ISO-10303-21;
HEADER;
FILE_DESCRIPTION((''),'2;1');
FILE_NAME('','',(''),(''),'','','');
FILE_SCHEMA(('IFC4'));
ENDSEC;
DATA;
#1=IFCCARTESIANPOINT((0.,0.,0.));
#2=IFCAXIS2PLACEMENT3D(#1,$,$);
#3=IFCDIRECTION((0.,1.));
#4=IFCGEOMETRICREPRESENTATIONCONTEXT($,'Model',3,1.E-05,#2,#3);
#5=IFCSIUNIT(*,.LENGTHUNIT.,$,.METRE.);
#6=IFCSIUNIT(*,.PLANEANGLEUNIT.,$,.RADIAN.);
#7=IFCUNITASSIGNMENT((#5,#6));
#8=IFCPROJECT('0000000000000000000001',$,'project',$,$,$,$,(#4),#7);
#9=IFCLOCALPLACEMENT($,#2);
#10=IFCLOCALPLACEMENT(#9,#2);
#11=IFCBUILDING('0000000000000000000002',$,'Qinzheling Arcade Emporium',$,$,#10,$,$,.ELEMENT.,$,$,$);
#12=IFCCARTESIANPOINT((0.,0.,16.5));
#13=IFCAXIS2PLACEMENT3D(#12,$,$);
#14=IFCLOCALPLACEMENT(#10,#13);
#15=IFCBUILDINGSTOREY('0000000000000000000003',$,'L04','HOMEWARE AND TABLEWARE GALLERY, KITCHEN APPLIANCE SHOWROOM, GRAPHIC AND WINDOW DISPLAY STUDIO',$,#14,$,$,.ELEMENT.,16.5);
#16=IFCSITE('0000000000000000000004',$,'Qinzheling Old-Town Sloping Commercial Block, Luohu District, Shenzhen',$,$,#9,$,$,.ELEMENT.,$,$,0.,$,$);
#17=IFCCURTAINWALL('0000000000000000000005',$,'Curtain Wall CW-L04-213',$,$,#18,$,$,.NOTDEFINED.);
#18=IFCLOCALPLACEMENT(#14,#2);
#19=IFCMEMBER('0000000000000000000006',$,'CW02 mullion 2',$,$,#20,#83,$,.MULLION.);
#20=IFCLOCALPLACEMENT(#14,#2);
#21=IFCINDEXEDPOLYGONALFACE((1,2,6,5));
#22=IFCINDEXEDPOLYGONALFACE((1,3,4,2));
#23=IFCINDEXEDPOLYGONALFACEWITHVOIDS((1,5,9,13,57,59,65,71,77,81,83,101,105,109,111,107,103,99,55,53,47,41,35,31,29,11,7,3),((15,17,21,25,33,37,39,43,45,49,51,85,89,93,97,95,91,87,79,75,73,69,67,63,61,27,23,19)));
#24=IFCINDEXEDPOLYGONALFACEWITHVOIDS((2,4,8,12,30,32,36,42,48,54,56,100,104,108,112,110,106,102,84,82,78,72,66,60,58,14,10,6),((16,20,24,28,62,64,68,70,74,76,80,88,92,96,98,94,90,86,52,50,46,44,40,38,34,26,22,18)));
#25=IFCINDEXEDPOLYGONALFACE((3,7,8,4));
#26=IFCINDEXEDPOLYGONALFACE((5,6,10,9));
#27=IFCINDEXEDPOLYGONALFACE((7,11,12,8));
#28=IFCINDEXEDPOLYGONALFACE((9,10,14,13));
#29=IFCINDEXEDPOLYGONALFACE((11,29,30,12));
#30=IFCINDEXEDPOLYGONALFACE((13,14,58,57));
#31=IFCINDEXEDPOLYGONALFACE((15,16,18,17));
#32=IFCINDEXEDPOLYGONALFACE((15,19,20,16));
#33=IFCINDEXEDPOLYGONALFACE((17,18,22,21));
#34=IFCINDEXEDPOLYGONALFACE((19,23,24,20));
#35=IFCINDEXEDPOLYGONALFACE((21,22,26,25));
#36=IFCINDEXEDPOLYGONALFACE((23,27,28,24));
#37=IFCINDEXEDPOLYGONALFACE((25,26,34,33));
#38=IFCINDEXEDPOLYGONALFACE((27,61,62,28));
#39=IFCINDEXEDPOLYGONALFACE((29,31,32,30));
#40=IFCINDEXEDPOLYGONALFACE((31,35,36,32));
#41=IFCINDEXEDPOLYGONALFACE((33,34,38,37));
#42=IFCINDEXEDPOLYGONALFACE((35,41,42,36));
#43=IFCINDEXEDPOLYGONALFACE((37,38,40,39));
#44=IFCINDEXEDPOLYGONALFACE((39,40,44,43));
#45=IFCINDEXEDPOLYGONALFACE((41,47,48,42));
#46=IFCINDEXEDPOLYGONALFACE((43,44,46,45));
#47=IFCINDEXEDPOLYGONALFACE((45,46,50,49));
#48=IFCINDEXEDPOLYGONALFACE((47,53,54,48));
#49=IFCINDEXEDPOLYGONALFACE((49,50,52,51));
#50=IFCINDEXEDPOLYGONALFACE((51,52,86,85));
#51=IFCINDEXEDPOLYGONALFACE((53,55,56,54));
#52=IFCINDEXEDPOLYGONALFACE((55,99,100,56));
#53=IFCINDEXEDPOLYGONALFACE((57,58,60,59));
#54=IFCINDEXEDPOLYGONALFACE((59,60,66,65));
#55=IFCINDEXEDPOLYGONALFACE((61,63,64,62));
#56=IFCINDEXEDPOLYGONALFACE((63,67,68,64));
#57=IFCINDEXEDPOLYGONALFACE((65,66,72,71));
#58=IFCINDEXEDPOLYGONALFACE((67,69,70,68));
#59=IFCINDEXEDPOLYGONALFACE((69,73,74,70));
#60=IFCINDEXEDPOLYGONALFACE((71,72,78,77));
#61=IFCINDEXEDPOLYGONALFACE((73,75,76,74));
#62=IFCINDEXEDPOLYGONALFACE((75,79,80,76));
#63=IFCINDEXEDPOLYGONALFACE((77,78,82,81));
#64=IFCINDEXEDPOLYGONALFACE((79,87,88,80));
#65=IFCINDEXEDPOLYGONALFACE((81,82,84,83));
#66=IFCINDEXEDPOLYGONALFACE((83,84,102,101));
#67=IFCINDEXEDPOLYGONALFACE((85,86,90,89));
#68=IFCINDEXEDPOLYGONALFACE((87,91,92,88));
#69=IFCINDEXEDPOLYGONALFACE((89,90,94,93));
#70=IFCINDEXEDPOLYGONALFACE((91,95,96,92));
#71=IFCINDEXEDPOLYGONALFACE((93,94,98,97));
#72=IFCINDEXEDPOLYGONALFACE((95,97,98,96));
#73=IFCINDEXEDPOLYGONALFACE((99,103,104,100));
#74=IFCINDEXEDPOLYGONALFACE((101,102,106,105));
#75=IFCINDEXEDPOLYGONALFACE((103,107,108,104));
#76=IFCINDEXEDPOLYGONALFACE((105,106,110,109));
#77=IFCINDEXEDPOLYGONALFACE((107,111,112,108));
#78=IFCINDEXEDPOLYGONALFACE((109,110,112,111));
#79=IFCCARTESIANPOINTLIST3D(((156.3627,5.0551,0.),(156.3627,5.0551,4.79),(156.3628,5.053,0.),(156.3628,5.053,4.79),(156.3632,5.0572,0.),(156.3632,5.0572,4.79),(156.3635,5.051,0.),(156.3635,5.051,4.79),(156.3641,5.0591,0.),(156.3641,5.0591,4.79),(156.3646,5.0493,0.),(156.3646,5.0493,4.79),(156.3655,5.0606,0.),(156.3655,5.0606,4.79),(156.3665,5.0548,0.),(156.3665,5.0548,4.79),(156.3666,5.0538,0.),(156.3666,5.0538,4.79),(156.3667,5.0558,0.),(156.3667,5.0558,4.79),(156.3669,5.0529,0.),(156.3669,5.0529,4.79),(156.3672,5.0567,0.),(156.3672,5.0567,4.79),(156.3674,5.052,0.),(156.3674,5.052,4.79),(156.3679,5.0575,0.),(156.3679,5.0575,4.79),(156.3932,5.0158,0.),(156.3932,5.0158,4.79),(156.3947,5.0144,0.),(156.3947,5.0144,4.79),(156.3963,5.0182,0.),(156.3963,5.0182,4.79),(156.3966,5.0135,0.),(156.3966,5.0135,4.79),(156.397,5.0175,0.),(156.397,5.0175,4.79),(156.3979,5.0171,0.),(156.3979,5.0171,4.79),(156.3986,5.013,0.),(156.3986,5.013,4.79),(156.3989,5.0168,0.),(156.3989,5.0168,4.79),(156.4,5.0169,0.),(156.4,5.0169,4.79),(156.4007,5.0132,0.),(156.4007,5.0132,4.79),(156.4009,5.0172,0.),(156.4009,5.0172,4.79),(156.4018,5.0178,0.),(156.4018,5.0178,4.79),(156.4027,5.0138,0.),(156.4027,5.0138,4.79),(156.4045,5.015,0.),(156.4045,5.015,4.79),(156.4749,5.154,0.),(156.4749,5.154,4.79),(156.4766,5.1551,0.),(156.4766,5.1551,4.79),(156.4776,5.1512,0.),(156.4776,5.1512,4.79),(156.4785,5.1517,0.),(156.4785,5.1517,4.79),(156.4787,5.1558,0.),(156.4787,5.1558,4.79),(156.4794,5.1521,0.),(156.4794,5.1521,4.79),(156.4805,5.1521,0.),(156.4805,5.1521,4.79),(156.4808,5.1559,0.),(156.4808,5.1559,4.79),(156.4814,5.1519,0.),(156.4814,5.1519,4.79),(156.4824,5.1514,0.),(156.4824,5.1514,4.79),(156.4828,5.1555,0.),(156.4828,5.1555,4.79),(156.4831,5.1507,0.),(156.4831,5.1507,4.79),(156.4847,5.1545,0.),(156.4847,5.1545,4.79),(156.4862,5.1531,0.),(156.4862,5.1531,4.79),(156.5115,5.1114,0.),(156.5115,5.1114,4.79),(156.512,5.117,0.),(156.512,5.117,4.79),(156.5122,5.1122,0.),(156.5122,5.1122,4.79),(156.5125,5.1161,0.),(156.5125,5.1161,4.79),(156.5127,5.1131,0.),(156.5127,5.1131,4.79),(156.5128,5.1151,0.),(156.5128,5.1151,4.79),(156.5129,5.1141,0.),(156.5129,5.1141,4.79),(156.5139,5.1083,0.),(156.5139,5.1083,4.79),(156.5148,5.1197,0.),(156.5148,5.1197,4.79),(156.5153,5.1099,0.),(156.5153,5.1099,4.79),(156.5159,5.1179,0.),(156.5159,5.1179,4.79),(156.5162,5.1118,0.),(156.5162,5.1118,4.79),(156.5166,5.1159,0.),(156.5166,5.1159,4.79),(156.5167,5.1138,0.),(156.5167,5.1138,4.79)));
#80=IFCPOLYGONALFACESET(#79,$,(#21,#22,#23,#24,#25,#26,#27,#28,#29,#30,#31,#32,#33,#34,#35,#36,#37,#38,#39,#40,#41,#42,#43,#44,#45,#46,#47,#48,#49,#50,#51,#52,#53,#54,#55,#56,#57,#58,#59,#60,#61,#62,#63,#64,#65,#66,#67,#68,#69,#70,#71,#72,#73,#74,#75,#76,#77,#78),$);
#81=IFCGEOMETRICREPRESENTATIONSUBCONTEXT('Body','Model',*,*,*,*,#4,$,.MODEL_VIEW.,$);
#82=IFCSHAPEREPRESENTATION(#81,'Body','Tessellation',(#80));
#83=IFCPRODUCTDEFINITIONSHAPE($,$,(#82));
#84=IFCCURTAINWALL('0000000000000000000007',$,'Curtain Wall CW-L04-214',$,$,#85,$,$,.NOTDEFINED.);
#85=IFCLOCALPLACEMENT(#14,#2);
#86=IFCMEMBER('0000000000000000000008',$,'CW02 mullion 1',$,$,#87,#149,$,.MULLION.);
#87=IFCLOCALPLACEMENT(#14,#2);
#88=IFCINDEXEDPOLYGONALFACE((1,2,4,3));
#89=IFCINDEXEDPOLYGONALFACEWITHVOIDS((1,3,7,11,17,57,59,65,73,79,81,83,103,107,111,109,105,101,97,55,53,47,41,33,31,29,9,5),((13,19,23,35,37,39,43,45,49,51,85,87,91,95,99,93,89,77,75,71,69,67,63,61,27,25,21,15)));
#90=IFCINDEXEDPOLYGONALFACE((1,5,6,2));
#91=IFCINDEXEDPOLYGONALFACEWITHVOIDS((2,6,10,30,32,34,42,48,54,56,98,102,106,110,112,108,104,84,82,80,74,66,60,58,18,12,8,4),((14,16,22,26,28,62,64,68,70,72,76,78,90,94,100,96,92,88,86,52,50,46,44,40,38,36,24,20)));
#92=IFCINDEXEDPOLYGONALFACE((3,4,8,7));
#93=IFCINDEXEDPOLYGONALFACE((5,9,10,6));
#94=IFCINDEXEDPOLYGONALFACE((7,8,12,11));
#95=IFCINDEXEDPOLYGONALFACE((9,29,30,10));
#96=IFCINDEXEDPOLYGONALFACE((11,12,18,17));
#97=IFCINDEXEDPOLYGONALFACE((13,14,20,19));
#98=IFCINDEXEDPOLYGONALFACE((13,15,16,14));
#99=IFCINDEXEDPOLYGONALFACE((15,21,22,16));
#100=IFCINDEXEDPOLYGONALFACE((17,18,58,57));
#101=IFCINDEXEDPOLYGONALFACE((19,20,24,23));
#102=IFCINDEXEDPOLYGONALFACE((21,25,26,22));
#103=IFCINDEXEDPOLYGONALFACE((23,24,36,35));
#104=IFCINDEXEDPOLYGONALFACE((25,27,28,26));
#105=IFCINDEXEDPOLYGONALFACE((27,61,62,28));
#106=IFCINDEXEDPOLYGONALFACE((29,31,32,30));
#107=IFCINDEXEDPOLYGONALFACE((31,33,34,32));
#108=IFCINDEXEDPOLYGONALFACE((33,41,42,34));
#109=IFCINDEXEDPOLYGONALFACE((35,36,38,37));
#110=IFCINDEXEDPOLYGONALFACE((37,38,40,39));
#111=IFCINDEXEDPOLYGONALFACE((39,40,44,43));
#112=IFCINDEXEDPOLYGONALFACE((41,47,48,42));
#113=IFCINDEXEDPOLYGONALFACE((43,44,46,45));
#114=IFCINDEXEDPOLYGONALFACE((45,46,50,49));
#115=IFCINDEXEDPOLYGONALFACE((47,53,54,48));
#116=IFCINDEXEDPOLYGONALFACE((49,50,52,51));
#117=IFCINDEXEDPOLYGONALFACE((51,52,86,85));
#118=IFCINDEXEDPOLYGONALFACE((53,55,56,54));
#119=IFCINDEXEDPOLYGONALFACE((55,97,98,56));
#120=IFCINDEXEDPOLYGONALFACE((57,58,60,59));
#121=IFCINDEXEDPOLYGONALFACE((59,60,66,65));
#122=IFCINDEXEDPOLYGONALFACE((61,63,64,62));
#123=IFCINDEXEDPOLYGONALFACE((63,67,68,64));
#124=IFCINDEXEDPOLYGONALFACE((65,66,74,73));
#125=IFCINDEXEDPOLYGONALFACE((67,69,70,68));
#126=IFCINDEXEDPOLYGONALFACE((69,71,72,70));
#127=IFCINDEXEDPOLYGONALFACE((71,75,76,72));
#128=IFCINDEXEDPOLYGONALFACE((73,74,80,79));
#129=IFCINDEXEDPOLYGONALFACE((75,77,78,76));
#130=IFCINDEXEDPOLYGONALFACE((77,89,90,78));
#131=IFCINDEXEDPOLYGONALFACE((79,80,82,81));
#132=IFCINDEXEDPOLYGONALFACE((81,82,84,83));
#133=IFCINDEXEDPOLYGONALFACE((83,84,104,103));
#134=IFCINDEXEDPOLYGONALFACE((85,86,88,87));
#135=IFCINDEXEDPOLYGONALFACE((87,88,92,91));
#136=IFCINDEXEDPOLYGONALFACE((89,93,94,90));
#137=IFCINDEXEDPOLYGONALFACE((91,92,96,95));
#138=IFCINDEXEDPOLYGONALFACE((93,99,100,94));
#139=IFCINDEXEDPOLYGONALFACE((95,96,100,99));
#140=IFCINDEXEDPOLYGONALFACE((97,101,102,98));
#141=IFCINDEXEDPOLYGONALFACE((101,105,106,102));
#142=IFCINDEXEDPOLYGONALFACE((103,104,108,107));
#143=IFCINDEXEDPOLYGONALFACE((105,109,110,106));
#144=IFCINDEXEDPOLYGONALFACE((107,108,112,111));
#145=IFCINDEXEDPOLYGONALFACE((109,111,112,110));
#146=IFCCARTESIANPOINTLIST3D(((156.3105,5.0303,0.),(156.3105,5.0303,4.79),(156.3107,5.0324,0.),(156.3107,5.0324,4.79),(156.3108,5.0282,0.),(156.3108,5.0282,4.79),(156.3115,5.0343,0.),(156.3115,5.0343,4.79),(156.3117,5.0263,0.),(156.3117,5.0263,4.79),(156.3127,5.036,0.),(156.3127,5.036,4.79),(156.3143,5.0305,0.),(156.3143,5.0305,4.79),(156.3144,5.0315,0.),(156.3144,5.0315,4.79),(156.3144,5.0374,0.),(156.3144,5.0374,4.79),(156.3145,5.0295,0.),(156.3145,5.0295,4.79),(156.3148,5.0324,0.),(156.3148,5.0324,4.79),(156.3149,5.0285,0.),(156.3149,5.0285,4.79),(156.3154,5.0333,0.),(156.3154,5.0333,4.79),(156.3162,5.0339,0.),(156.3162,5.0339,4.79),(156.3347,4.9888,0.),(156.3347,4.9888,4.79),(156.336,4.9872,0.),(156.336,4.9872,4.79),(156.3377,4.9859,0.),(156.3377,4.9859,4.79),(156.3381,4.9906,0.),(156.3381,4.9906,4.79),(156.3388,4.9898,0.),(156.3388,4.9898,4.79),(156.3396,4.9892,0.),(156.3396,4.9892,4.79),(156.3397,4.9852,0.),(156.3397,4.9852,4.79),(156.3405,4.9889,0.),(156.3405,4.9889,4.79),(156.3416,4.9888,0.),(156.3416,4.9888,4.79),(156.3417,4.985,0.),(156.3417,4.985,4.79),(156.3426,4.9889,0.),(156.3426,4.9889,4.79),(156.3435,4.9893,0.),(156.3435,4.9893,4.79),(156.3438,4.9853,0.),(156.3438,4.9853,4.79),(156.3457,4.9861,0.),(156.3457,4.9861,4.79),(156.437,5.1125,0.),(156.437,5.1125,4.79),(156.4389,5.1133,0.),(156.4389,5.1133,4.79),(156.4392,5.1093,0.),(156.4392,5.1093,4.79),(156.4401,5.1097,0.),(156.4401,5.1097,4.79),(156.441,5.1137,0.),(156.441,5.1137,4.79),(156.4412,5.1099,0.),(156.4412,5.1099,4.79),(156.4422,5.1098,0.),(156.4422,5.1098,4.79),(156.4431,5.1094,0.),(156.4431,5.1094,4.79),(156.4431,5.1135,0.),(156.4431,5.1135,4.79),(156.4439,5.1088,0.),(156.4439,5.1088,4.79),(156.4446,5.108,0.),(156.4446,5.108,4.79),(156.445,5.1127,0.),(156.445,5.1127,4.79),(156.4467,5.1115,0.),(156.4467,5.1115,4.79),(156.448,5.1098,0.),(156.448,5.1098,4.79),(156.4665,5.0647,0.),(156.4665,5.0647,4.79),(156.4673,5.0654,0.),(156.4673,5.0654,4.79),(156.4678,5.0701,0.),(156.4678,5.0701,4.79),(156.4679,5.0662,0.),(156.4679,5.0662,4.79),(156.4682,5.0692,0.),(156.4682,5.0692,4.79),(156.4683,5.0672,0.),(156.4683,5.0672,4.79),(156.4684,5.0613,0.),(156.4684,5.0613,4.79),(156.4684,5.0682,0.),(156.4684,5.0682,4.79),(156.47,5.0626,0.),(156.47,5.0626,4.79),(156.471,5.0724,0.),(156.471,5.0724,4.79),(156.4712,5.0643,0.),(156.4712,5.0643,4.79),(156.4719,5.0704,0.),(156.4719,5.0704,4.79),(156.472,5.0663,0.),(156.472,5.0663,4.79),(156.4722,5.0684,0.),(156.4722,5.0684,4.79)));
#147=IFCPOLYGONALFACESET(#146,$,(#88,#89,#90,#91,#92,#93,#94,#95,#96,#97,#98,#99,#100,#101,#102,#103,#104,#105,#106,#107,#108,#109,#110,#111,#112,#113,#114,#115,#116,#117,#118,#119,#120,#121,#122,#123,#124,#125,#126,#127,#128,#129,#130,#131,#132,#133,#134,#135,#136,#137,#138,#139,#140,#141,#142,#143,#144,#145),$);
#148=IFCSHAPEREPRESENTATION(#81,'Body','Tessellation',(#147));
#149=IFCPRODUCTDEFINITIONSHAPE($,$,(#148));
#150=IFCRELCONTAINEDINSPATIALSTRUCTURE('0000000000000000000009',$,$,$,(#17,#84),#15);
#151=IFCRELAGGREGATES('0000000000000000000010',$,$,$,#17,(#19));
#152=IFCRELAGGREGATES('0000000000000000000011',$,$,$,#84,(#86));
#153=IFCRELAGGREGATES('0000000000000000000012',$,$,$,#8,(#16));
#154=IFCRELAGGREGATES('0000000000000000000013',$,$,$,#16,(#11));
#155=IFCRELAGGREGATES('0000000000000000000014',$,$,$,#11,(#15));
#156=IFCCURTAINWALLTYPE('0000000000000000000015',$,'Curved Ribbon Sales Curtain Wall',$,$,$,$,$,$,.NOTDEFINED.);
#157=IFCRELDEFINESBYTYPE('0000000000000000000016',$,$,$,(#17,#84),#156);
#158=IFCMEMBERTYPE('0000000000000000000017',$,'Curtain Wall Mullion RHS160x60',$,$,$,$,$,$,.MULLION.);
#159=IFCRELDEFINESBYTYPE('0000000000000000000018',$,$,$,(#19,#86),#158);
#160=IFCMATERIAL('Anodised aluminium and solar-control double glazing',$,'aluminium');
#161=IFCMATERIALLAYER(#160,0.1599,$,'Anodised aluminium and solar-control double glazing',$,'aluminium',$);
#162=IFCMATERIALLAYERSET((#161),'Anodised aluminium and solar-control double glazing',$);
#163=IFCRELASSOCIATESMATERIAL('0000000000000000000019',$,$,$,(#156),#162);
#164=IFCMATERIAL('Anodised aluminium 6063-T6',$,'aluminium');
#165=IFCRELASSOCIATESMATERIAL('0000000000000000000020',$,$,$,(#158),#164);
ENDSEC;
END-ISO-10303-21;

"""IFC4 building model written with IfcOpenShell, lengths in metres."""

from ifc_helpers import new_model, si_unit, direction, frame, origin, origin_2d, place, context, subcontext, project, spatial, hollow_rectangle, extrude, material, layer, layer_set, material_profile, profile_set, type_object, element, aggregate, save


model = new_model("IFC4")

# Units and contexts
model_context = context("Model", 3, precision=1e-05, world=origin(), true_north=direction((0.0, 1.0)))
body_context = subcontext(model_context, "Body", "Model", "MODEL_VIEW")
ifc_project = project(units=[si_unit("LENGTHUNIT", "METRE"), si_unit("PLANEANGLEUNIT", "RADIAN")], contexts=[model_context])

# Site, building, storey
site_placement = place(None, origin())
site = spatial("IfcSite", under=ifc_project, at=site_placement, Name="Qinzheling Old-Town Sloping Commercial Block, Luohu District, Shenzhen", CompositionType="ELEMENT", RefElevation=0.0)
building_placement = place(site_placement, origin())
building = spatial("IfcBuilding", under=site, at=building_placement, Name="Qinzheling Arcade Emporium", CompositionType="ELEMENT")
storey_placement = place(building_placement, frame((0.0, 0.0, 16.5)))
storey = spatial("IfcBuildingStorey", under=building, at=storey_placement, Name="L04", Description="HOMEWARE AND TABLEWARE GALLERY, KITCHEN APPLIANCE SHOWROOM, GRAPHIC AND WINDOW DISPLAY STUDIO", CompositionType="ELEMENT", Elevation=16.5)

# Shared definitions
ifc_material_1 = material(Name="Anodised aluminium and solar-control double glazing", Category="aluminium")
ifc_layer_1 = layer(ifc_material_1, 0.1599, Name="Anodised aluminium and solar-control double glazing", Category="aluminium")
ifc_layer_set_1 = layer_set([ifc_layer_1], Name="Anodised aluminium and solar-control double glazing")
curtain_wall_type = type_object("IfcCurtainWallType", Name="Curved Ribbon Sales Curtain Wall", PredefinedType="NOTDEFINED", material=ifc_layer_set_1)
ifc_material_2 = material(Name="Anodised aluminium 6063-T6", Category="aluminium")
ifc_material_profile_1 = material_profile(ifc_material_2, hollow_rectangle(XDim=0.0601, YDim=0.1599, WallThickness=0.0039, InnerFilletRadius=0.0039, OuterFilletRadius=0.0081, at=origin_2d()), Name="RHS 160x60x4", Category="aluminium")
ifc_profile_set_1 = profile_set([ifc_material_profile_1], Name="Anodised aluminium 6063-T6")
member_type_1 = type_object("IfcMemberType", Name="Curtain Wall Mullion RHS160x60", PredefinedType="MULLION", material=ifc_profile_set_1)

# Curtain walls, members
curtain_wall_1_placement = place(storey_placement, origin())
curtain_wall_1 = element("IfcCurtainWall", 1, at=curtain_wall_1_placement, inside=storey, type_object=curtain_wall_type, Name="Curtain Wall CW-L04-213", PredefinedType="NOTDEFINED")
member_1_placement = place(storey_placement, frame((156.4397, 5.0845, 0.0), z_axis=(0.0, 0.0, 1.0), x_axis=(0.64925, -0.760575, 0.0)))
member_1 = element("IfcMember", 2, at=member_1_placement, type_object=member_type_1, Name="CW02 mullion 2", PredefinedType="MULLION", context=body_context, shape_type="SweptSolid", body=[
    extrude(hollow_rectangle(XDim=0.0601, YDim=0.1599, WallThickness=0.0039, InnerFilletRadius=0.0039, OuterFilletRadius=0.0081, at=origin_2d()), origin(), (0.0, 0.0, 1.0), 4.79),
])
curtain_wall_2_placement = place(storey_placement, origin())
curtain_wall_2 = element("IfcCurtainWall", 3, at=curtain_wall_2_placement, inside=storey, type_object=curtain_wall_type, Name="Curtain Wall CW-L04-214", PredefinedType="NOTDEFINED")
member_2_placement = place(storey_placement, frame((156.3914, 5.0493, 0.0), z_axis=(0.0, 0.0, 1.0), x_axis=(0.522532, -0.85262, 0.0)))
member_2 = element("IfcMember", 4, at=member_2_placement, type_object=member_type_1, Name="CW02 mullion 1", PredefinedType="MULLION", context=body_context, shape_type="SweptSolid", body=[
    extrude(hollow_rectangle(XDim=0.0601, YDim=0.1599, WallThickness=0.0039, InnerFilletRadius=0.0039, OuterFilletRadius=0.0081, at=origin_2d()), origin(), (0.0, 0.0, 1.0), 4.79),
])

aggregate(curtain_wall_1, [member_1])
aggregate(curtain_wall_2, [member_2])

save(model, "model.ifc")
